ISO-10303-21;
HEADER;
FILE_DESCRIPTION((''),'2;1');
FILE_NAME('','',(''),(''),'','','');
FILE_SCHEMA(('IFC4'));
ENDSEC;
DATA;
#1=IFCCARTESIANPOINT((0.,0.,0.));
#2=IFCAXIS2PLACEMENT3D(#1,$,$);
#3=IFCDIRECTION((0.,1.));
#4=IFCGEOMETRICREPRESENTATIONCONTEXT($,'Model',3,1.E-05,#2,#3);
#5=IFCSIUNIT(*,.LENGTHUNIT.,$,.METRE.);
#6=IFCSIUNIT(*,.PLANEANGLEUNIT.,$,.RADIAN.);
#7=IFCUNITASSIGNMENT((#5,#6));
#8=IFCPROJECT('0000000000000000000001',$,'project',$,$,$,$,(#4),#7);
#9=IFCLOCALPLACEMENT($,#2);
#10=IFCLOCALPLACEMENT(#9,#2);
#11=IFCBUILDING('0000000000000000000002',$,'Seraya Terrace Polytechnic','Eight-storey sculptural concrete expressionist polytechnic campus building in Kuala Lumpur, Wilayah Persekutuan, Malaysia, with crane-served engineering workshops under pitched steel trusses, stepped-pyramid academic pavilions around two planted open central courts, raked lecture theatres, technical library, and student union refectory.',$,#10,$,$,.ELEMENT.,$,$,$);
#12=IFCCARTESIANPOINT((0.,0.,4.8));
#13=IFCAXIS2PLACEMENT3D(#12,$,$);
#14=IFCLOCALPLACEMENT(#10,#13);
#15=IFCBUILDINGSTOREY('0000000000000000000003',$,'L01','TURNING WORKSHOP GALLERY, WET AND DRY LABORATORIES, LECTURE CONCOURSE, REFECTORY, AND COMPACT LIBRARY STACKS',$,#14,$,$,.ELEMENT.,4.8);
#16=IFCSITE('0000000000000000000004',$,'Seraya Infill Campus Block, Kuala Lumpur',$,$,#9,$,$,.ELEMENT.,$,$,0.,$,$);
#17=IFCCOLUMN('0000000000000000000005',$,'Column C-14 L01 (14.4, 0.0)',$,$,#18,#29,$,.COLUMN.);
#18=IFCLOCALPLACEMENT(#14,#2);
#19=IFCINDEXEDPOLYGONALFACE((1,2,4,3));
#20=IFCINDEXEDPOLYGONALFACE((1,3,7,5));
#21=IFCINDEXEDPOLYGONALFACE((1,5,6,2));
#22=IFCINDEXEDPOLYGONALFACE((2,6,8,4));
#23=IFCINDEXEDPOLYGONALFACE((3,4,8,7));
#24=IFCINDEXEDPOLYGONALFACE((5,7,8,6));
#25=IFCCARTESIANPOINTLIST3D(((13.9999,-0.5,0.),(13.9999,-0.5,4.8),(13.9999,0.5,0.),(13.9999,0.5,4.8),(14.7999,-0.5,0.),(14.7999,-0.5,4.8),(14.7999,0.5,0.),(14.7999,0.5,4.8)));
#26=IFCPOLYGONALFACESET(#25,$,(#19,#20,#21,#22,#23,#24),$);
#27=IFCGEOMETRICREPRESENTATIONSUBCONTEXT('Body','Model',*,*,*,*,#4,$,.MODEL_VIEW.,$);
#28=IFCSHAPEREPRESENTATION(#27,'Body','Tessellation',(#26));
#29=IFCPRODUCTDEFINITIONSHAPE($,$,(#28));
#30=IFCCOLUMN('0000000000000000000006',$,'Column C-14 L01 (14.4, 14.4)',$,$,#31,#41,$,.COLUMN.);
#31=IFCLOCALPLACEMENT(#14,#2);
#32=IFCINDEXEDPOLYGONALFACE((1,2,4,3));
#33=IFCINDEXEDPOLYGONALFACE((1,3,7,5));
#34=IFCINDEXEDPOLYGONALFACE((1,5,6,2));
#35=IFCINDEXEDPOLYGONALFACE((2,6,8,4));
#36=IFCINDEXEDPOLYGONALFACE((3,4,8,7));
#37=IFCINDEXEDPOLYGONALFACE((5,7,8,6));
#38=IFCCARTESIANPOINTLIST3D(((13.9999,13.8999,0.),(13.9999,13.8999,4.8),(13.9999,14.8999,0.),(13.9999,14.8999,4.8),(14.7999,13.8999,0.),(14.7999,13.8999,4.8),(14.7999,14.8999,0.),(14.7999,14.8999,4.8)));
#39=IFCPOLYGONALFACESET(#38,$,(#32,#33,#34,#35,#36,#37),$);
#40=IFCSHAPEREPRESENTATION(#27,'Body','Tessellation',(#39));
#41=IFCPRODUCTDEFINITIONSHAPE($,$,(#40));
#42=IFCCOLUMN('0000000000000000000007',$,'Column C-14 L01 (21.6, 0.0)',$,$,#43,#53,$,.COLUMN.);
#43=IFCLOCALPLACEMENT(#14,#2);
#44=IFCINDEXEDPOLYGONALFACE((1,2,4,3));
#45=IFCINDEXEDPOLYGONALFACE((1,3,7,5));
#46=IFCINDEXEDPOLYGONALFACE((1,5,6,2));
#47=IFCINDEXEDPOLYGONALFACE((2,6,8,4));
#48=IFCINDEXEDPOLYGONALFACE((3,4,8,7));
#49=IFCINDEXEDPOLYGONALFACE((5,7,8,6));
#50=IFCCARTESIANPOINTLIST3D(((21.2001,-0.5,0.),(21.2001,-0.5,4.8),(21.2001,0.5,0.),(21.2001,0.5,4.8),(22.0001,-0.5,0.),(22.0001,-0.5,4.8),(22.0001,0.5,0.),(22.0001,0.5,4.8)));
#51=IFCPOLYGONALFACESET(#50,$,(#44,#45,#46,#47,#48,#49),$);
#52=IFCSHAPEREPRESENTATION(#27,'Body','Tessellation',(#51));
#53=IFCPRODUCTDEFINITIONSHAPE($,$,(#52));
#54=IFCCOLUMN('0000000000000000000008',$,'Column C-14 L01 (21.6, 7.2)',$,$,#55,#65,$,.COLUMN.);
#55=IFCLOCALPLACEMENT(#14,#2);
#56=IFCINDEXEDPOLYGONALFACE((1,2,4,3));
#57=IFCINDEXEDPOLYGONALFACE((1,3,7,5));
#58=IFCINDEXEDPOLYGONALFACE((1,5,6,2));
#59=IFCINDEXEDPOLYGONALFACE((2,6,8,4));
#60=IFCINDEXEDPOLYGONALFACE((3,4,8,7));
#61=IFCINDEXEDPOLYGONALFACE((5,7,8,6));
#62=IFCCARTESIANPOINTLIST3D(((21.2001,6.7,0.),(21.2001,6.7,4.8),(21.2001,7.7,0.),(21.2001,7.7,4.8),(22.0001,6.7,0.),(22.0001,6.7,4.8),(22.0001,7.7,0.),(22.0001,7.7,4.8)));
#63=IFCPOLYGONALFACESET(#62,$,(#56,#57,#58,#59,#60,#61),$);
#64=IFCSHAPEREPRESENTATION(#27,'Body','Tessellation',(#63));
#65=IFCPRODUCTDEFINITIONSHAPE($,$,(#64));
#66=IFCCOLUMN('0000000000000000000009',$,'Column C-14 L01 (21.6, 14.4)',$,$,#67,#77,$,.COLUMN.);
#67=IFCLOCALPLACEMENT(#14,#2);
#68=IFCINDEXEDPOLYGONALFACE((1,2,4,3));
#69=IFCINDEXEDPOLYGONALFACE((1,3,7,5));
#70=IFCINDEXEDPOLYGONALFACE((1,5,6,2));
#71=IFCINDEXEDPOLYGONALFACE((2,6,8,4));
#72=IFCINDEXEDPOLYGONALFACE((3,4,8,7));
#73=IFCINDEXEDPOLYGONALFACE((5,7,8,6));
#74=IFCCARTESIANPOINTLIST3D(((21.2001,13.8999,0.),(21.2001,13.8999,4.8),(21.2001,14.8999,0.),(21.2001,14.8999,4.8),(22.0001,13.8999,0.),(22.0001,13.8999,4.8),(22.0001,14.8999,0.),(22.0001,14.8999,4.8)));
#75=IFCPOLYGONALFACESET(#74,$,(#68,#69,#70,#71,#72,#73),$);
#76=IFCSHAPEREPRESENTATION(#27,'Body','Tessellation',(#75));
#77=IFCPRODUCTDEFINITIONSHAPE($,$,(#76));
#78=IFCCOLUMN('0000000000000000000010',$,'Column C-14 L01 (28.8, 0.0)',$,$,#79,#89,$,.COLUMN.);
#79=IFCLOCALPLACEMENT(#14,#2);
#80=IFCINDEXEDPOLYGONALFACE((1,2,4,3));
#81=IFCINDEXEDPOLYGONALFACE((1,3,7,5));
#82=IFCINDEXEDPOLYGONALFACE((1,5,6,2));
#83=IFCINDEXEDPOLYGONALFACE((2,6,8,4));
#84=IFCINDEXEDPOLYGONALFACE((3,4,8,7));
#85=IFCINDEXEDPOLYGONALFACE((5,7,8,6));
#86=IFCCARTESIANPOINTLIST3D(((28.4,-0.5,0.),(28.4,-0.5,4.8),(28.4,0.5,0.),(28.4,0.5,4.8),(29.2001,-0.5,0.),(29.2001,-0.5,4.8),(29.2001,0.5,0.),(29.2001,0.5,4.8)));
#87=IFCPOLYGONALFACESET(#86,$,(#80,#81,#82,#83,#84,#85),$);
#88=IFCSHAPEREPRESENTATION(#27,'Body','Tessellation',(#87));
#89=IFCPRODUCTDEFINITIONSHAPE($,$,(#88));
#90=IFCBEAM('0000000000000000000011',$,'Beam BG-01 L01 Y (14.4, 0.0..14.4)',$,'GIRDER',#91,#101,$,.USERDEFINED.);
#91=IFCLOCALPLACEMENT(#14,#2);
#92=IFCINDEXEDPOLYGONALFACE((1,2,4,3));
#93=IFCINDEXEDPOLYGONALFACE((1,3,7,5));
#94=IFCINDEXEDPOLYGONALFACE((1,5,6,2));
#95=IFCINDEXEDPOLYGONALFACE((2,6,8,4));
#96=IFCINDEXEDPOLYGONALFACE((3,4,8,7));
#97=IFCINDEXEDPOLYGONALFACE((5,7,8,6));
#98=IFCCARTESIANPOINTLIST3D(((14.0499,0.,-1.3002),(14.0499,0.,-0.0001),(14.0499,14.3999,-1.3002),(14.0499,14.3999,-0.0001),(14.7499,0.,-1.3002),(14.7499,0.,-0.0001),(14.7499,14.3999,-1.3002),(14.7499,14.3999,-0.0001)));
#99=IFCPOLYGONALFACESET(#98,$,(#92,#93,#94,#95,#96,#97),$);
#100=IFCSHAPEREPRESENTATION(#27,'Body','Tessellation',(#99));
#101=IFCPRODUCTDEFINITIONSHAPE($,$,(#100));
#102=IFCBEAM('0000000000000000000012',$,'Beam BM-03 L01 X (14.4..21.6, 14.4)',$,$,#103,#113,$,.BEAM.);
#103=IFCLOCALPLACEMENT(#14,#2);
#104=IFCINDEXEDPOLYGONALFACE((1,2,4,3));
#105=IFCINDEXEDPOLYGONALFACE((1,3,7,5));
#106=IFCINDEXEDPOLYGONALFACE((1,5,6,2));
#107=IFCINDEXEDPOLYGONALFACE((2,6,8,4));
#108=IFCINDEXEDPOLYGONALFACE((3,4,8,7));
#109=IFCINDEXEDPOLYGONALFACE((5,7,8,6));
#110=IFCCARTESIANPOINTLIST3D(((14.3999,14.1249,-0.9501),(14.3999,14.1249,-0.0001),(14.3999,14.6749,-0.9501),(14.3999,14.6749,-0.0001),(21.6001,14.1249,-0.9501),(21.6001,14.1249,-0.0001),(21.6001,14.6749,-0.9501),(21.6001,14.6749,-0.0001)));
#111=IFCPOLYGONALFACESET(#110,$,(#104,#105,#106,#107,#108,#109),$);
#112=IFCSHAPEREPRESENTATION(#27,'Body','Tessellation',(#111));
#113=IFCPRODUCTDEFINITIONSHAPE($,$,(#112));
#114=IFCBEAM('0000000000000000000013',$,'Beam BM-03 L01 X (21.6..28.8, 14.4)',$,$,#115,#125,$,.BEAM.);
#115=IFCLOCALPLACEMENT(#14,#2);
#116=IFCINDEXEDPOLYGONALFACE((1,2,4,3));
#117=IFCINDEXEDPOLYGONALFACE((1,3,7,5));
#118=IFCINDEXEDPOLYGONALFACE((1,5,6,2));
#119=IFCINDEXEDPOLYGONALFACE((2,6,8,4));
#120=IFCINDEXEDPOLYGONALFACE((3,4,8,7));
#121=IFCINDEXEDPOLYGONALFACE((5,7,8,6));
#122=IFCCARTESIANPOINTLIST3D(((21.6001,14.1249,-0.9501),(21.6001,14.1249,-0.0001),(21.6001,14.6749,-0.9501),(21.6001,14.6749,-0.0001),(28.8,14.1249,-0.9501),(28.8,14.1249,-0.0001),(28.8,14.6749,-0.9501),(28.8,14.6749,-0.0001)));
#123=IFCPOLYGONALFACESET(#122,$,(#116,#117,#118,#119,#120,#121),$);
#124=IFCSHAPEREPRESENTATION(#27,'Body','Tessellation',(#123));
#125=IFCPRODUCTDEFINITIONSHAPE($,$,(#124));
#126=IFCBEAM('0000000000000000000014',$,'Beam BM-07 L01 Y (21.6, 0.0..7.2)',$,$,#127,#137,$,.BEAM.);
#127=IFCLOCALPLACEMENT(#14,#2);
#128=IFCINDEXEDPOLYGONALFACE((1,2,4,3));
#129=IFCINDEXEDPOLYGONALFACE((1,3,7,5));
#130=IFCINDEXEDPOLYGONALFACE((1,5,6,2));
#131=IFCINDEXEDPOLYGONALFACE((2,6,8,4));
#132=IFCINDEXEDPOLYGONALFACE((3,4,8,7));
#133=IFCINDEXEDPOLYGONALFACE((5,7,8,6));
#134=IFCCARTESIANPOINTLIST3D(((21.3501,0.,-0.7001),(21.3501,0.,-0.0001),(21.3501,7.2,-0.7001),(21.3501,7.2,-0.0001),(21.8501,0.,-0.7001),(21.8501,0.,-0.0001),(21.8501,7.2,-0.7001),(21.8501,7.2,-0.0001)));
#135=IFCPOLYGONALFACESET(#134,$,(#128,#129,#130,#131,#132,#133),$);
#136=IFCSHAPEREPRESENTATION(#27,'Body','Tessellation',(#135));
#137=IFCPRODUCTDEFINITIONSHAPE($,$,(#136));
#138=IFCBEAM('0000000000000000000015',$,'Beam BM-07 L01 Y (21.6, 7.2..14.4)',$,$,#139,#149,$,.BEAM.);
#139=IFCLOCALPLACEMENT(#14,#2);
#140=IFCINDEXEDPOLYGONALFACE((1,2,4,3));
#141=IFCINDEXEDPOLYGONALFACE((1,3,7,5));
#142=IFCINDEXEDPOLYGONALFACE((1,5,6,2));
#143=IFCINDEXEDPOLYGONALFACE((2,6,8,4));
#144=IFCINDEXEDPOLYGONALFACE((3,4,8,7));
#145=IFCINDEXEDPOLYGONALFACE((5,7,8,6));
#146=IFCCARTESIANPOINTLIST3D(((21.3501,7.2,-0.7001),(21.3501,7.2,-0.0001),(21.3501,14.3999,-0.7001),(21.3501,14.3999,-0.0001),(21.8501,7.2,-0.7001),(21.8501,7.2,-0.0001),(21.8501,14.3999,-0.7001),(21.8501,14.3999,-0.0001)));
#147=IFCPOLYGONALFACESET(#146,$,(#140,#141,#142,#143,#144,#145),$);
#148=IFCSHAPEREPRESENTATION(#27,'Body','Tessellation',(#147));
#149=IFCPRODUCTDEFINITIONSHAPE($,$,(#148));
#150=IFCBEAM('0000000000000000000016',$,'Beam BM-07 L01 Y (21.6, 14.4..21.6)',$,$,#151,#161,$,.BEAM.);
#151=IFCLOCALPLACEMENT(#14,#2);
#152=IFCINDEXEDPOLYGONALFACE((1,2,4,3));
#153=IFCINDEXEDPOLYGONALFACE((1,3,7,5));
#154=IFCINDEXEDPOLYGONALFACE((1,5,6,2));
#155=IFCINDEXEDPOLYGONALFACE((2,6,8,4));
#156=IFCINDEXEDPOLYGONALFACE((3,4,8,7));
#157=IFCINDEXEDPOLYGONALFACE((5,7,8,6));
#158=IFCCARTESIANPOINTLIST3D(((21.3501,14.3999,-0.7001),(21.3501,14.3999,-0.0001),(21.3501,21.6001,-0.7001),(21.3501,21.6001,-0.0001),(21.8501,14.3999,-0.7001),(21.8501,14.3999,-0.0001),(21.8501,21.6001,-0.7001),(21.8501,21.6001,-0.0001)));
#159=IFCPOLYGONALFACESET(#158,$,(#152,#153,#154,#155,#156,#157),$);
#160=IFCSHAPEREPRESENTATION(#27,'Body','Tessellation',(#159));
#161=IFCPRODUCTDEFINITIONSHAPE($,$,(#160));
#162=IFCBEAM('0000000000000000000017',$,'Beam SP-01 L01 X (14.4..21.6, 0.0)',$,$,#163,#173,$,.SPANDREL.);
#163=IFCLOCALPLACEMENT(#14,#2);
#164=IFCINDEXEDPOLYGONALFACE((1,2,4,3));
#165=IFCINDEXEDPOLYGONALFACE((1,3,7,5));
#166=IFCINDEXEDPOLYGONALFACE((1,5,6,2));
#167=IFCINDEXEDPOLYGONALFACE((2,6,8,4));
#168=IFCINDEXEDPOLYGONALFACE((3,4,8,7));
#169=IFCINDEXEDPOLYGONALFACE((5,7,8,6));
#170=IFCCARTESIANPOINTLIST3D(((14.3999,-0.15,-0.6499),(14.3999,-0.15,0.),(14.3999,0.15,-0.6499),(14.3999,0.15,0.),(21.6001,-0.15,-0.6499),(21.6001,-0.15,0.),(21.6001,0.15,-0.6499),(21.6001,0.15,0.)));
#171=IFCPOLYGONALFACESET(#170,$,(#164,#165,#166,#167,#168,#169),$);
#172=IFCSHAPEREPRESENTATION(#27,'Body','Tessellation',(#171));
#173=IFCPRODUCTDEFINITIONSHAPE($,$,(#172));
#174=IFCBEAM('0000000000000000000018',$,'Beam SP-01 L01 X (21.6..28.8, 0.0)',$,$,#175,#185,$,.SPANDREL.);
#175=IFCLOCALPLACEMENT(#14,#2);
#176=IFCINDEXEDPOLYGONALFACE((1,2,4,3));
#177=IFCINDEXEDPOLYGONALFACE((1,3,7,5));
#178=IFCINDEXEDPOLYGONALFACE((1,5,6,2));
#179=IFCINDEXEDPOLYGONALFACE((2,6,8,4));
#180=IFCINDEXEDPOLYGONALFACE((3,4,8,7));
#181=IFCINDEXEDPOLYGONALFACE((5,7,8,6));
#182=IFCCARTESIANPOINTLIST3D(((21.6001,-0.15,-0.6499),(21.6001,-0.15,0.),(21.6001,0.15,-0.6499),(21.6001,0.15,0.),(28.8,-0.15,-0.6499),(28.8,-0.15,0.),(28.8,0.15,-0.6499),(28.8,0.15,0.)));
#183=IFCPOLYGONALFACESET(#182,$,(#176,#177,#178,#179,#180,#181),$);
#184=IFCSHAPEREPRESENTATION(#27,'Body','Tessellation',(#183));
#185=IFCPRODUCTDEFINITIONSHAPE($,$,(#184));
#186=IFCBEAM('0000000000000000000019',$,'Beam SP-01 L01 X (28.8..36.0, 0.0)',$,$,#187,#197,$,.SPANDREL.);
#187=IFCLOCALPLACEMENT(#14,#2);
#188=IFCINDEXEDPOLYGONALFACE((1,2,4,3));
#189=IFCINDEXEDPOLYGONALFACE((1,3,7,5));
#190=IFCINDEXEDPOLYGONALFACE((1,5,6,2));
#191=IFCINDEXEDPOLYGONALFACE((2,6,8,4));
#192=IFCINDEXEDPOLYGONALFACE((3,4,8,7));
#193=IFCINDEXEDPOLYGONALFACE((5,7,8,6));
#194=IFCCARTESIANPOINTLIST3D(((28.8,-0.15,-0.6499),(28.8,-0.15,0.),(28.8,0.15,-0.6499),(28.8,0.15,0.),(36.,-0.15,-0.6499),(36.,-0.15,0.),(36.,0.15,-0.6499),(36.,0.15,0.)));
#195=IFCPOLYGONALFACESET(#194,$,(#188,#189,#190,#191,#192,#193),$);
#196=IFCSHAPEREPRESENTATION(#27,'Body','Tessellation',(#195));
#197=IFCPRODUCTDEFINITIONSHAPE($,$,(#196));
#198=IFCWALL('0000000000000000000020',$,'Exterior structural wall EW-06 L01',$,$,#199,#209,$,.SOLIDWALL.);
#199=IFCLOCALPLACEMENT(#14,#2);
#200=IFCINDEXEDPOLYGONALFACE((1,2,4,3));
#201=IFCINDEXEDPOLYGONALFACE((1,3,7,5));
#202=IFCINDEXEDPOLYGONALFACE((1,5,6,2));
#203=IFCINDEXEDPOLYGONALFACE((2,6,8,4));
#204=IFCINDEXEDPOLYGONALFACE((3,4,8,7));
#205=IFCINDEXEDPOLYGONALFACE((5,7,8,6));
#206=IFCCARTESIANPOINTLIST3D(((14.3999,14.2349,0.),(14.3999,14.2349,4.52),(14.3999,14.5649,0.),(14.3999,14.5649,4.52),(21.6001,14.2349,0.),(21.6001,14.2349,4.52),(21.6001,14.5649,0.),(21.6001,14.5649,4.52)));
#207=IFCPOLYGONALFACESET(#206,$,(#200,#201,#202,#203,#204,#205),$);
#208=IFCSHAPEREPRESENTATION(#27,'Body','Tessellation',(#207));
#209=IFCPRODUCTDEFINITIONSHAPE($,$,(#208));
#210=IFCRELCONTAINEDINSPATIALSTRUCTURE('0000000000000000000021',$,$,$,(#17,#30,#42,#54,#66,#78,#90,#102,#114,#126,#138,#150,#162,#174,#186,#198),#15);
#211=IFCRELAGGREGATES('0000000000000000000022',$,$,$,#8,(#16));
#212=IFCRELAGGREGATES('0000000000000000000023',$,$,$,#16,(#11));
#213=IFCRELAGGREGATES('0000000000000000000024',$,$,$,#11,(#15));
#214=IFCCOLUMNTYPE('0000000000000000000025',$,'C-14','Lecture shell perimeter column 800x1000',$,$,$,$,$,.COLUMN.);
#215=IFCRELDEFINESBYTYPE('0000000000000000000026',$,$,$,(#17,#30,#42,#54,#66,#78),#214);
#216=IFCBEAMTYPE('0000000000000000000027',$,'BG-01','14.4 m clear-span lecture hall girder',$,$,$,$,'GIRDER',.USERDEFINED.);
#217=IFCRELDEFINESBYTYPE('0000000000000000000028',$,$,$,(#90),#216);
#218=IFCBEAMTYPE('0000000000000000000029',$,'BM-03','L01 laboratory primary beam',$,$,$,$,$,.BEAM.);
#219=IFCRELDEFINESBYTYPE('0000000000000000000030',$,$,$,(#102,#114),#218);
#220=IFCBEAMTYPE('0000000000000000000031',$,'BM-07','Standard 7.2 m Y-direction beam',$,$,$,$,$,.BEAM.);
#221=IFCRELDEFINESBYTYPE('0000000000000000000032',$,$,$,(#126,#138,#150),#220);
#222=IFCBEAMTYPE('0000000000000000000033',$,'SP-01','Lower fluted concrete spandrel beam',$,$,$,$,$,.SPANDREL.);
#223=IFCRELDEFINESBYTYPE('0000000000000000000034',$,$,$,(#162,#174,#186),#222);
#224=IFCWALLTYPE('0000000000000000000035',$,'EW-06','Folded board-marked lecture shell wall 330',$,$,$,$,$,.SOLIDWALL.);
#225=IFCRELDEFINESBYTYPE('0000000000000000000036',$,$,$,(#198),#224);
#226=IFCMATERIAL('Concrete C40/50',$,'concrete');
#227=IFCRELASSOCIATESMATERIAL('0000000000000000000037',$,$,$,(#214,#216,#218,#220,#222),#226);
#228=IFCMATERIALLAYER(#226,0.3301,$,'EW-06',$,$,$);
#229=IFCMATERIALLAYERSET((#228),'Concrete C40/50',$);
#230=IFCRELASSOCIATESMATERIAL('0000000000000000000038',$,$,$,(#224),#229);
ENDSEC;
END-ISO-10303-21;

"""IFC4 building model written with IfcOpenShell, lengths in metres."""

from ifc_helpers import new_model, si_unit, direction, frame, frame_2d, origin, origin_2d, place, context, subcontext, project, spatial, rectangle, extrude, material, layer, layer_set, material_profile, profile_set, type_object, element, save


model = new_model("IFC4")

# Units and contexts
model_context = context("Model", 3, precision=1e-05, world=origin(), true_north=direction((0.0, 1.0)))
body_context = subcontext(model_context, "Body", "Model", "MODEL_VIEW")
ifc_project = project(units=[si_unit("LENGTHUNIT", "METRE"), si_unit("PLANEANGLEUNIT", "RADIAN")], contexts=[model_context])

# Site, building, storey
site_placement = place(None, origin())
site = spatial("IfcSite", under=ifc_project, at=site_placement, Name="Seraya Infill Campus Block, Kuala Lumpur", CompositionType="ELEMENT", RefElevation=0.0)
building_placement = place(site_placement, origin())
building = spatial("IfcBuilding", under=site, at=building_placement, Name="Seraya Terrace Polytechnic", Description="Eight-storey sculptural concrete expressionist polytechnic campus building in Kuala Lumpur, Wilayah Persekutuan, Malaysia, with crane-served engineering workshops under pitched steel trusses, stepped-pyramid academic pavilions around two planted open central courts, raked lecture theatres, technical library, and student union refectory.", CompositionType="ELEMENT")
storey_placement = place(building_placement, frame((0.0, 0.0, 4.8)))
storey = spatial("IfcBuildingStorey", under=building, at=storey_placement, Name="L01", Description="TURNING WORKSHOP GALLERY, WET AND DRY LABORATORIES, LECTURE CONCOURSE, REFECTORY, AND COMPACT LIBRARY STACKS", CompositionType="ELEMENT", Elevation=4.8)

# Columns
ifc_material_1 = material(Name="Concrete C40/50", Category="concrete")
ifc_material_profile_1 = material_profile(ifc_material_1, rectangle(XDim=0.8, YDim=1.0, at=origin_2d()), Name="RC 800x1000")
ifc_profile_set_1 = profile_set([ifc_material_profile_1], Name="Concrete C40/50")
column_type = type_object("IfcColumnType", Name="C-14", Description="Lecture shell perimeter column 800x1000", PredefinedType="COLUMN", material=ifc_profile_set_1)
for number, where, z_axis, x_axis, name in (
    (1, (14.3999, 0.0, 0.0), (0.0, 0.0, 1.0), (1.0, 0.0, 0.0), "Column C-14 L01 (14.4, 0.0)"),
    (2, (14.3999, 14.3999, 0.0), (0.0, 0.0, 1.0), (1.0, 0.0, 0.0), "Column C-14 L01 (14.4, 14.4)"),
    (3, (21.6001, 0.0, 0.0), (0.0, 0.0, 1.0), (1.0, 0.0, 0.0), "Column C-14 L01 (21.6, 0.0)"),
    (4, (21.6001, 7.2, 0.0), (0.0, 0.0, 1.0), (1.0, 0.0, 0.0), "Column C-14 L01 (21.6, 7.2)"),
    (5, (21.6001, 14.3999, 0.0), (0.0, 0.0, 1.0), (1.0, 0.0, 0.0), "Column C-14 L01 (21.6, 14.4)"),
    (6, (28.8, 0.0, 0.0), (0.0, 0.0, 1.0), (1.0, 0.0, 0.0), "Column C-14 L01 (28.8, 0.0)"),
):
    element("IfcColumn", number, at=place(storey_placement, frame(where, z_axis=z_axis, x_axis=x_axis)), inside=storey, type_object=column_type, Name=name, PredefinedType="COLUMN", context=body_context, shape_type="SweptSolid", body=[
        extrude(rectangle(XDim=0.8, YDim=1.0, at=origin_2d()), origin(), (0.0, 0.0, 1.0), 4.8),
    ])

# Beams
ifc_material_profile_2 = material_profile(ifc_material_1, rectangle(XDim=0.7, YDim=1.3, at=origin_2d()), Name="RC 700x1300")
ifc_profile_set_2 = profile_set([ifc_material_profile_2], Name="Concrete C40/50")
beam_type_1 = type_object("IfcBeamType", Name="BG-01", Description="14.4 m clear-span lecture hall girder", ElementType="GIRDER", PredefinedType="USERDEFINED", material=ifc_profile_set_2)
beam_1_placement = place(storey_placement, frame((14.3999, 0.0, -0.6501), z_axis=(0.0, 1.0, 0.0), x_axis=(-1.0, 0.0, 0.0)))
element("IfcBeam", 7, at=beam_1_placement, inside=storey, type_object=beam_type_1, Name="Beam BG-01 L01 Y (14.4, 0.0..14.4)", ObjectType="GIRDER", PredefinedType="USERDEFINED", context=body_context, shape_type="SweptSolid", body=[
    extrude(rectangle(XDim=0.7, YDim=1.3, at=origin_2d()), origin(), (0.0, 0.0, 1.0), 14.3999),
])
ifc_material_profile_3 = material_profile(ifc_material_1, rectangle(XDim=0.55, YDim=0.95, at=origin_2d()), Name="RC 550x950")
ifc_profile_set_3 = profile_set([ifc_material_profile_3], Name="Concrete C40/50")
beam_type_2 = type_object("IfcBeamType", Name="BM-03", Description="L01 laboratory primary beam", PredefinedType="BEAM", material=ifc_profile_set_3)
beam_2_placement = place(storey_placement, frame((14.3999, 14.3999, -0.4751), z_axis=(1.0, 0.0, 0.0), x_axis=(0.0, 1.0, 0.0)))
element("IfcBeam", 8, at=beam_2_placement, inside=storey, type_object=beam_type_2, Name="Beam BM-03 L01 X (14.4..21.6, 14.4)", PredefinedType="BEAM", context=body_context, shape_type="SweptSolid", body=[
    extrude(rectangle(XDim=0.55, YDim=0.95, at=origin_2d()), origin(), (0.0, 0.0, 1.0), 7.2002),
])
beam_3_placement = place(storey_placement, frame((21.6001, 14.3999, -0.4751), z_axis=(1.0, 0.0, 0.0), x_axis=(0.0, 1.0, 0.0)))
element("IfcBeam", 9, at=beam_3_placement, inside=storey, type_object=beam_type_2, Name="Beam BM-03 L01 X (21.6..28.8, 14.4)", PredefinedType="BEAM", context=body_context, shape_type="SweptSolid", body=[
    extrude(rectangle(XDim=0.55, YDim=0.95, at=origin_2d()), origin(), (0.0, 0.0, 1.0), 7.2),
])
ifc_material_profile_4 = material_profile(ifc_material_1, rectangle(XDim=0.5, YDim=0.7, at=origin_2d()), Name="RC 500x700")
ifc_profile_set_4 = profile_set([ifc_material_profile_4], Name="Concrete C40/50")
beam_type_3 = type_object("IfcBeamType", Name="BM-07", Description="Standard 7.2 m Y-direction beam", PredefinedType="BEAM", material=ifc_profile_set_4)
for number, where, z_axis, x_axis, name in (
    (10, (21.6001, 0.0, -0.3501), (0.0, 1.0, 0.0), (-1.0, 0.0, 0.0), "Beam BM-07 L01 Y (21.6, 0.0..7.2)"),
    (11, (21.6001, 7.2, -0.3501), (0.0, 1.0, 0.0), (-1.0, 0.0, 0.0), "Beam BM-07 L01 Y (21.6, 7.2..14.4)"),
):
    element("IfcBeam", number, at=place(storey_placement, frame(where, z_axis=z_axis, x_axis=x_axis)), inside=storey, type_object=beam_type_3, Name=name, PredefinedType="BEAM", context=body_context, shape_type="SweptSolid", body=[
        extrude(rectangle(XDim=0.5, YDim=0.7, at=origin_2d()), origin(), (0.0, 0.0, 1.0), 7.2),
    ])
beam_4_placement = place(storey_placement, frame((21.6001, 14.3999, -0.3501), z_axis=(0.0, 1.0, 0.0), x_axis=(-1.0, 0.0, 0.0)))
element("IfcBeam", 12, at=beam_4_placement, inside=storey, type_object=beam_type_3, Name="Beam BM-07 L01 Y (21.6, 14.4..21.6)", PredefinedType="BEAM", context=body_context, shape_type="SweptSolid", body=[
    extrude(rectangle(XDim=0.5, YDim=0.7, at=origin_2d()), origin(), (0.0, 0.0, 1.0), 7.2002),
])
ifc_material_profile_5 = material_profile(ifc_material_1, rectangle(XDim=0.3, YDim=0.6499, at=origin_2d()), Name="RC 300x650")
ifc_profile_set_5 = profile_set([ifc_material_profile_5], Name="Concrete C40/50")
beam_type_4 = type_object("IfcBeamType", Name="SP-01", Description="Lower fluted concrete spandrel beam", PredefinedType="SPANDREL", material=ifc_profile_set_5)
beam_5_placement = place(storey_placement, frame((14.3999, 0.0, -0.325), z_axis=(1.0, 0.0, 0.0), x_axis=(0.0, 1.0, 0.0)))
element("IfcBeam", 13, at=beam_5_placement, inside=storey, type_object=beam_type_4, Name="Beam SP-01 L01 X (14.4..21.6, 0.0)", PredefinedType="SPANDREL", context=body_context, shape_type="SweptSolid", body=[
    extrude(rectangle(XDim=0.3, YDim=0.6499, at=origin_2d()), origin(), (0.0, 0.0, 1.0), 7.2002),
])
for number, where, z_axis, x_axis, name in (
    (14, (21.6001, 0.0, -0.325), (1.0, 0.0, 0.0), (0.0, 1.0, 0.0), "Beam SP-01 L01 X (21.6..28.8, 0.0)"),
    (15, (28.8, 0.0, -0.325), (1.0, 0.0, 0.0), (0.0, 1.0, 0.0), "Beam SP-01 L01 X (28.8..36.0, 0.0)"),
):
    element("IfcBeam", number, at=place(storey_placement, frame(where, z_axis=z_axis, x_axis=x_axis)), inside=storey, type_object=beam_type_4, Name=name, PredefinedType="SPANDREL", context=body_context, shape_type="SweptSolid", body=[
        extrude(rectangle(XDim=0.3, YDim=0.6499, at=origin_2d()), origin(), (0.0, 0.0, 1.0), 7.2),
    ])

# Wall
ifc_layer = layer(ifc_material_1, 0.3301, Name="EW-06")
ifc_layer_set = layer_set([ifc_layer], Name="Concrete C40/50")
wall_type = type_object("IfcWallType", Name="EW-06", Description="Folded board-marked lecture shell wall 330", PredefinedType="SOLIDWALL", material=ifc_layer_set)
wall_1_placement = place(storey_placement, frame((21.6001, 14.3999, 0.0), z_axis=(0.0, 0.0, 1.0), x_axis=(-1.0, 0.0, 0.0)))
element("IfcWall", 16, at=wall_1_placement, inside=storey, type_object=wall_type, Name="Exterior structural wall EW-06 L01", PredefinedType="SOLIDWALL", context=body_context, shape_type="SweptSolid", body=[
    extrude(rectangle(XDim=7.2002, YDim=0.3301, at=frame_2d((3.6001, 0.0))), origin(), (0.0, 0.0, 1.0), 4.52),
])

save(model, "model.ifc")
